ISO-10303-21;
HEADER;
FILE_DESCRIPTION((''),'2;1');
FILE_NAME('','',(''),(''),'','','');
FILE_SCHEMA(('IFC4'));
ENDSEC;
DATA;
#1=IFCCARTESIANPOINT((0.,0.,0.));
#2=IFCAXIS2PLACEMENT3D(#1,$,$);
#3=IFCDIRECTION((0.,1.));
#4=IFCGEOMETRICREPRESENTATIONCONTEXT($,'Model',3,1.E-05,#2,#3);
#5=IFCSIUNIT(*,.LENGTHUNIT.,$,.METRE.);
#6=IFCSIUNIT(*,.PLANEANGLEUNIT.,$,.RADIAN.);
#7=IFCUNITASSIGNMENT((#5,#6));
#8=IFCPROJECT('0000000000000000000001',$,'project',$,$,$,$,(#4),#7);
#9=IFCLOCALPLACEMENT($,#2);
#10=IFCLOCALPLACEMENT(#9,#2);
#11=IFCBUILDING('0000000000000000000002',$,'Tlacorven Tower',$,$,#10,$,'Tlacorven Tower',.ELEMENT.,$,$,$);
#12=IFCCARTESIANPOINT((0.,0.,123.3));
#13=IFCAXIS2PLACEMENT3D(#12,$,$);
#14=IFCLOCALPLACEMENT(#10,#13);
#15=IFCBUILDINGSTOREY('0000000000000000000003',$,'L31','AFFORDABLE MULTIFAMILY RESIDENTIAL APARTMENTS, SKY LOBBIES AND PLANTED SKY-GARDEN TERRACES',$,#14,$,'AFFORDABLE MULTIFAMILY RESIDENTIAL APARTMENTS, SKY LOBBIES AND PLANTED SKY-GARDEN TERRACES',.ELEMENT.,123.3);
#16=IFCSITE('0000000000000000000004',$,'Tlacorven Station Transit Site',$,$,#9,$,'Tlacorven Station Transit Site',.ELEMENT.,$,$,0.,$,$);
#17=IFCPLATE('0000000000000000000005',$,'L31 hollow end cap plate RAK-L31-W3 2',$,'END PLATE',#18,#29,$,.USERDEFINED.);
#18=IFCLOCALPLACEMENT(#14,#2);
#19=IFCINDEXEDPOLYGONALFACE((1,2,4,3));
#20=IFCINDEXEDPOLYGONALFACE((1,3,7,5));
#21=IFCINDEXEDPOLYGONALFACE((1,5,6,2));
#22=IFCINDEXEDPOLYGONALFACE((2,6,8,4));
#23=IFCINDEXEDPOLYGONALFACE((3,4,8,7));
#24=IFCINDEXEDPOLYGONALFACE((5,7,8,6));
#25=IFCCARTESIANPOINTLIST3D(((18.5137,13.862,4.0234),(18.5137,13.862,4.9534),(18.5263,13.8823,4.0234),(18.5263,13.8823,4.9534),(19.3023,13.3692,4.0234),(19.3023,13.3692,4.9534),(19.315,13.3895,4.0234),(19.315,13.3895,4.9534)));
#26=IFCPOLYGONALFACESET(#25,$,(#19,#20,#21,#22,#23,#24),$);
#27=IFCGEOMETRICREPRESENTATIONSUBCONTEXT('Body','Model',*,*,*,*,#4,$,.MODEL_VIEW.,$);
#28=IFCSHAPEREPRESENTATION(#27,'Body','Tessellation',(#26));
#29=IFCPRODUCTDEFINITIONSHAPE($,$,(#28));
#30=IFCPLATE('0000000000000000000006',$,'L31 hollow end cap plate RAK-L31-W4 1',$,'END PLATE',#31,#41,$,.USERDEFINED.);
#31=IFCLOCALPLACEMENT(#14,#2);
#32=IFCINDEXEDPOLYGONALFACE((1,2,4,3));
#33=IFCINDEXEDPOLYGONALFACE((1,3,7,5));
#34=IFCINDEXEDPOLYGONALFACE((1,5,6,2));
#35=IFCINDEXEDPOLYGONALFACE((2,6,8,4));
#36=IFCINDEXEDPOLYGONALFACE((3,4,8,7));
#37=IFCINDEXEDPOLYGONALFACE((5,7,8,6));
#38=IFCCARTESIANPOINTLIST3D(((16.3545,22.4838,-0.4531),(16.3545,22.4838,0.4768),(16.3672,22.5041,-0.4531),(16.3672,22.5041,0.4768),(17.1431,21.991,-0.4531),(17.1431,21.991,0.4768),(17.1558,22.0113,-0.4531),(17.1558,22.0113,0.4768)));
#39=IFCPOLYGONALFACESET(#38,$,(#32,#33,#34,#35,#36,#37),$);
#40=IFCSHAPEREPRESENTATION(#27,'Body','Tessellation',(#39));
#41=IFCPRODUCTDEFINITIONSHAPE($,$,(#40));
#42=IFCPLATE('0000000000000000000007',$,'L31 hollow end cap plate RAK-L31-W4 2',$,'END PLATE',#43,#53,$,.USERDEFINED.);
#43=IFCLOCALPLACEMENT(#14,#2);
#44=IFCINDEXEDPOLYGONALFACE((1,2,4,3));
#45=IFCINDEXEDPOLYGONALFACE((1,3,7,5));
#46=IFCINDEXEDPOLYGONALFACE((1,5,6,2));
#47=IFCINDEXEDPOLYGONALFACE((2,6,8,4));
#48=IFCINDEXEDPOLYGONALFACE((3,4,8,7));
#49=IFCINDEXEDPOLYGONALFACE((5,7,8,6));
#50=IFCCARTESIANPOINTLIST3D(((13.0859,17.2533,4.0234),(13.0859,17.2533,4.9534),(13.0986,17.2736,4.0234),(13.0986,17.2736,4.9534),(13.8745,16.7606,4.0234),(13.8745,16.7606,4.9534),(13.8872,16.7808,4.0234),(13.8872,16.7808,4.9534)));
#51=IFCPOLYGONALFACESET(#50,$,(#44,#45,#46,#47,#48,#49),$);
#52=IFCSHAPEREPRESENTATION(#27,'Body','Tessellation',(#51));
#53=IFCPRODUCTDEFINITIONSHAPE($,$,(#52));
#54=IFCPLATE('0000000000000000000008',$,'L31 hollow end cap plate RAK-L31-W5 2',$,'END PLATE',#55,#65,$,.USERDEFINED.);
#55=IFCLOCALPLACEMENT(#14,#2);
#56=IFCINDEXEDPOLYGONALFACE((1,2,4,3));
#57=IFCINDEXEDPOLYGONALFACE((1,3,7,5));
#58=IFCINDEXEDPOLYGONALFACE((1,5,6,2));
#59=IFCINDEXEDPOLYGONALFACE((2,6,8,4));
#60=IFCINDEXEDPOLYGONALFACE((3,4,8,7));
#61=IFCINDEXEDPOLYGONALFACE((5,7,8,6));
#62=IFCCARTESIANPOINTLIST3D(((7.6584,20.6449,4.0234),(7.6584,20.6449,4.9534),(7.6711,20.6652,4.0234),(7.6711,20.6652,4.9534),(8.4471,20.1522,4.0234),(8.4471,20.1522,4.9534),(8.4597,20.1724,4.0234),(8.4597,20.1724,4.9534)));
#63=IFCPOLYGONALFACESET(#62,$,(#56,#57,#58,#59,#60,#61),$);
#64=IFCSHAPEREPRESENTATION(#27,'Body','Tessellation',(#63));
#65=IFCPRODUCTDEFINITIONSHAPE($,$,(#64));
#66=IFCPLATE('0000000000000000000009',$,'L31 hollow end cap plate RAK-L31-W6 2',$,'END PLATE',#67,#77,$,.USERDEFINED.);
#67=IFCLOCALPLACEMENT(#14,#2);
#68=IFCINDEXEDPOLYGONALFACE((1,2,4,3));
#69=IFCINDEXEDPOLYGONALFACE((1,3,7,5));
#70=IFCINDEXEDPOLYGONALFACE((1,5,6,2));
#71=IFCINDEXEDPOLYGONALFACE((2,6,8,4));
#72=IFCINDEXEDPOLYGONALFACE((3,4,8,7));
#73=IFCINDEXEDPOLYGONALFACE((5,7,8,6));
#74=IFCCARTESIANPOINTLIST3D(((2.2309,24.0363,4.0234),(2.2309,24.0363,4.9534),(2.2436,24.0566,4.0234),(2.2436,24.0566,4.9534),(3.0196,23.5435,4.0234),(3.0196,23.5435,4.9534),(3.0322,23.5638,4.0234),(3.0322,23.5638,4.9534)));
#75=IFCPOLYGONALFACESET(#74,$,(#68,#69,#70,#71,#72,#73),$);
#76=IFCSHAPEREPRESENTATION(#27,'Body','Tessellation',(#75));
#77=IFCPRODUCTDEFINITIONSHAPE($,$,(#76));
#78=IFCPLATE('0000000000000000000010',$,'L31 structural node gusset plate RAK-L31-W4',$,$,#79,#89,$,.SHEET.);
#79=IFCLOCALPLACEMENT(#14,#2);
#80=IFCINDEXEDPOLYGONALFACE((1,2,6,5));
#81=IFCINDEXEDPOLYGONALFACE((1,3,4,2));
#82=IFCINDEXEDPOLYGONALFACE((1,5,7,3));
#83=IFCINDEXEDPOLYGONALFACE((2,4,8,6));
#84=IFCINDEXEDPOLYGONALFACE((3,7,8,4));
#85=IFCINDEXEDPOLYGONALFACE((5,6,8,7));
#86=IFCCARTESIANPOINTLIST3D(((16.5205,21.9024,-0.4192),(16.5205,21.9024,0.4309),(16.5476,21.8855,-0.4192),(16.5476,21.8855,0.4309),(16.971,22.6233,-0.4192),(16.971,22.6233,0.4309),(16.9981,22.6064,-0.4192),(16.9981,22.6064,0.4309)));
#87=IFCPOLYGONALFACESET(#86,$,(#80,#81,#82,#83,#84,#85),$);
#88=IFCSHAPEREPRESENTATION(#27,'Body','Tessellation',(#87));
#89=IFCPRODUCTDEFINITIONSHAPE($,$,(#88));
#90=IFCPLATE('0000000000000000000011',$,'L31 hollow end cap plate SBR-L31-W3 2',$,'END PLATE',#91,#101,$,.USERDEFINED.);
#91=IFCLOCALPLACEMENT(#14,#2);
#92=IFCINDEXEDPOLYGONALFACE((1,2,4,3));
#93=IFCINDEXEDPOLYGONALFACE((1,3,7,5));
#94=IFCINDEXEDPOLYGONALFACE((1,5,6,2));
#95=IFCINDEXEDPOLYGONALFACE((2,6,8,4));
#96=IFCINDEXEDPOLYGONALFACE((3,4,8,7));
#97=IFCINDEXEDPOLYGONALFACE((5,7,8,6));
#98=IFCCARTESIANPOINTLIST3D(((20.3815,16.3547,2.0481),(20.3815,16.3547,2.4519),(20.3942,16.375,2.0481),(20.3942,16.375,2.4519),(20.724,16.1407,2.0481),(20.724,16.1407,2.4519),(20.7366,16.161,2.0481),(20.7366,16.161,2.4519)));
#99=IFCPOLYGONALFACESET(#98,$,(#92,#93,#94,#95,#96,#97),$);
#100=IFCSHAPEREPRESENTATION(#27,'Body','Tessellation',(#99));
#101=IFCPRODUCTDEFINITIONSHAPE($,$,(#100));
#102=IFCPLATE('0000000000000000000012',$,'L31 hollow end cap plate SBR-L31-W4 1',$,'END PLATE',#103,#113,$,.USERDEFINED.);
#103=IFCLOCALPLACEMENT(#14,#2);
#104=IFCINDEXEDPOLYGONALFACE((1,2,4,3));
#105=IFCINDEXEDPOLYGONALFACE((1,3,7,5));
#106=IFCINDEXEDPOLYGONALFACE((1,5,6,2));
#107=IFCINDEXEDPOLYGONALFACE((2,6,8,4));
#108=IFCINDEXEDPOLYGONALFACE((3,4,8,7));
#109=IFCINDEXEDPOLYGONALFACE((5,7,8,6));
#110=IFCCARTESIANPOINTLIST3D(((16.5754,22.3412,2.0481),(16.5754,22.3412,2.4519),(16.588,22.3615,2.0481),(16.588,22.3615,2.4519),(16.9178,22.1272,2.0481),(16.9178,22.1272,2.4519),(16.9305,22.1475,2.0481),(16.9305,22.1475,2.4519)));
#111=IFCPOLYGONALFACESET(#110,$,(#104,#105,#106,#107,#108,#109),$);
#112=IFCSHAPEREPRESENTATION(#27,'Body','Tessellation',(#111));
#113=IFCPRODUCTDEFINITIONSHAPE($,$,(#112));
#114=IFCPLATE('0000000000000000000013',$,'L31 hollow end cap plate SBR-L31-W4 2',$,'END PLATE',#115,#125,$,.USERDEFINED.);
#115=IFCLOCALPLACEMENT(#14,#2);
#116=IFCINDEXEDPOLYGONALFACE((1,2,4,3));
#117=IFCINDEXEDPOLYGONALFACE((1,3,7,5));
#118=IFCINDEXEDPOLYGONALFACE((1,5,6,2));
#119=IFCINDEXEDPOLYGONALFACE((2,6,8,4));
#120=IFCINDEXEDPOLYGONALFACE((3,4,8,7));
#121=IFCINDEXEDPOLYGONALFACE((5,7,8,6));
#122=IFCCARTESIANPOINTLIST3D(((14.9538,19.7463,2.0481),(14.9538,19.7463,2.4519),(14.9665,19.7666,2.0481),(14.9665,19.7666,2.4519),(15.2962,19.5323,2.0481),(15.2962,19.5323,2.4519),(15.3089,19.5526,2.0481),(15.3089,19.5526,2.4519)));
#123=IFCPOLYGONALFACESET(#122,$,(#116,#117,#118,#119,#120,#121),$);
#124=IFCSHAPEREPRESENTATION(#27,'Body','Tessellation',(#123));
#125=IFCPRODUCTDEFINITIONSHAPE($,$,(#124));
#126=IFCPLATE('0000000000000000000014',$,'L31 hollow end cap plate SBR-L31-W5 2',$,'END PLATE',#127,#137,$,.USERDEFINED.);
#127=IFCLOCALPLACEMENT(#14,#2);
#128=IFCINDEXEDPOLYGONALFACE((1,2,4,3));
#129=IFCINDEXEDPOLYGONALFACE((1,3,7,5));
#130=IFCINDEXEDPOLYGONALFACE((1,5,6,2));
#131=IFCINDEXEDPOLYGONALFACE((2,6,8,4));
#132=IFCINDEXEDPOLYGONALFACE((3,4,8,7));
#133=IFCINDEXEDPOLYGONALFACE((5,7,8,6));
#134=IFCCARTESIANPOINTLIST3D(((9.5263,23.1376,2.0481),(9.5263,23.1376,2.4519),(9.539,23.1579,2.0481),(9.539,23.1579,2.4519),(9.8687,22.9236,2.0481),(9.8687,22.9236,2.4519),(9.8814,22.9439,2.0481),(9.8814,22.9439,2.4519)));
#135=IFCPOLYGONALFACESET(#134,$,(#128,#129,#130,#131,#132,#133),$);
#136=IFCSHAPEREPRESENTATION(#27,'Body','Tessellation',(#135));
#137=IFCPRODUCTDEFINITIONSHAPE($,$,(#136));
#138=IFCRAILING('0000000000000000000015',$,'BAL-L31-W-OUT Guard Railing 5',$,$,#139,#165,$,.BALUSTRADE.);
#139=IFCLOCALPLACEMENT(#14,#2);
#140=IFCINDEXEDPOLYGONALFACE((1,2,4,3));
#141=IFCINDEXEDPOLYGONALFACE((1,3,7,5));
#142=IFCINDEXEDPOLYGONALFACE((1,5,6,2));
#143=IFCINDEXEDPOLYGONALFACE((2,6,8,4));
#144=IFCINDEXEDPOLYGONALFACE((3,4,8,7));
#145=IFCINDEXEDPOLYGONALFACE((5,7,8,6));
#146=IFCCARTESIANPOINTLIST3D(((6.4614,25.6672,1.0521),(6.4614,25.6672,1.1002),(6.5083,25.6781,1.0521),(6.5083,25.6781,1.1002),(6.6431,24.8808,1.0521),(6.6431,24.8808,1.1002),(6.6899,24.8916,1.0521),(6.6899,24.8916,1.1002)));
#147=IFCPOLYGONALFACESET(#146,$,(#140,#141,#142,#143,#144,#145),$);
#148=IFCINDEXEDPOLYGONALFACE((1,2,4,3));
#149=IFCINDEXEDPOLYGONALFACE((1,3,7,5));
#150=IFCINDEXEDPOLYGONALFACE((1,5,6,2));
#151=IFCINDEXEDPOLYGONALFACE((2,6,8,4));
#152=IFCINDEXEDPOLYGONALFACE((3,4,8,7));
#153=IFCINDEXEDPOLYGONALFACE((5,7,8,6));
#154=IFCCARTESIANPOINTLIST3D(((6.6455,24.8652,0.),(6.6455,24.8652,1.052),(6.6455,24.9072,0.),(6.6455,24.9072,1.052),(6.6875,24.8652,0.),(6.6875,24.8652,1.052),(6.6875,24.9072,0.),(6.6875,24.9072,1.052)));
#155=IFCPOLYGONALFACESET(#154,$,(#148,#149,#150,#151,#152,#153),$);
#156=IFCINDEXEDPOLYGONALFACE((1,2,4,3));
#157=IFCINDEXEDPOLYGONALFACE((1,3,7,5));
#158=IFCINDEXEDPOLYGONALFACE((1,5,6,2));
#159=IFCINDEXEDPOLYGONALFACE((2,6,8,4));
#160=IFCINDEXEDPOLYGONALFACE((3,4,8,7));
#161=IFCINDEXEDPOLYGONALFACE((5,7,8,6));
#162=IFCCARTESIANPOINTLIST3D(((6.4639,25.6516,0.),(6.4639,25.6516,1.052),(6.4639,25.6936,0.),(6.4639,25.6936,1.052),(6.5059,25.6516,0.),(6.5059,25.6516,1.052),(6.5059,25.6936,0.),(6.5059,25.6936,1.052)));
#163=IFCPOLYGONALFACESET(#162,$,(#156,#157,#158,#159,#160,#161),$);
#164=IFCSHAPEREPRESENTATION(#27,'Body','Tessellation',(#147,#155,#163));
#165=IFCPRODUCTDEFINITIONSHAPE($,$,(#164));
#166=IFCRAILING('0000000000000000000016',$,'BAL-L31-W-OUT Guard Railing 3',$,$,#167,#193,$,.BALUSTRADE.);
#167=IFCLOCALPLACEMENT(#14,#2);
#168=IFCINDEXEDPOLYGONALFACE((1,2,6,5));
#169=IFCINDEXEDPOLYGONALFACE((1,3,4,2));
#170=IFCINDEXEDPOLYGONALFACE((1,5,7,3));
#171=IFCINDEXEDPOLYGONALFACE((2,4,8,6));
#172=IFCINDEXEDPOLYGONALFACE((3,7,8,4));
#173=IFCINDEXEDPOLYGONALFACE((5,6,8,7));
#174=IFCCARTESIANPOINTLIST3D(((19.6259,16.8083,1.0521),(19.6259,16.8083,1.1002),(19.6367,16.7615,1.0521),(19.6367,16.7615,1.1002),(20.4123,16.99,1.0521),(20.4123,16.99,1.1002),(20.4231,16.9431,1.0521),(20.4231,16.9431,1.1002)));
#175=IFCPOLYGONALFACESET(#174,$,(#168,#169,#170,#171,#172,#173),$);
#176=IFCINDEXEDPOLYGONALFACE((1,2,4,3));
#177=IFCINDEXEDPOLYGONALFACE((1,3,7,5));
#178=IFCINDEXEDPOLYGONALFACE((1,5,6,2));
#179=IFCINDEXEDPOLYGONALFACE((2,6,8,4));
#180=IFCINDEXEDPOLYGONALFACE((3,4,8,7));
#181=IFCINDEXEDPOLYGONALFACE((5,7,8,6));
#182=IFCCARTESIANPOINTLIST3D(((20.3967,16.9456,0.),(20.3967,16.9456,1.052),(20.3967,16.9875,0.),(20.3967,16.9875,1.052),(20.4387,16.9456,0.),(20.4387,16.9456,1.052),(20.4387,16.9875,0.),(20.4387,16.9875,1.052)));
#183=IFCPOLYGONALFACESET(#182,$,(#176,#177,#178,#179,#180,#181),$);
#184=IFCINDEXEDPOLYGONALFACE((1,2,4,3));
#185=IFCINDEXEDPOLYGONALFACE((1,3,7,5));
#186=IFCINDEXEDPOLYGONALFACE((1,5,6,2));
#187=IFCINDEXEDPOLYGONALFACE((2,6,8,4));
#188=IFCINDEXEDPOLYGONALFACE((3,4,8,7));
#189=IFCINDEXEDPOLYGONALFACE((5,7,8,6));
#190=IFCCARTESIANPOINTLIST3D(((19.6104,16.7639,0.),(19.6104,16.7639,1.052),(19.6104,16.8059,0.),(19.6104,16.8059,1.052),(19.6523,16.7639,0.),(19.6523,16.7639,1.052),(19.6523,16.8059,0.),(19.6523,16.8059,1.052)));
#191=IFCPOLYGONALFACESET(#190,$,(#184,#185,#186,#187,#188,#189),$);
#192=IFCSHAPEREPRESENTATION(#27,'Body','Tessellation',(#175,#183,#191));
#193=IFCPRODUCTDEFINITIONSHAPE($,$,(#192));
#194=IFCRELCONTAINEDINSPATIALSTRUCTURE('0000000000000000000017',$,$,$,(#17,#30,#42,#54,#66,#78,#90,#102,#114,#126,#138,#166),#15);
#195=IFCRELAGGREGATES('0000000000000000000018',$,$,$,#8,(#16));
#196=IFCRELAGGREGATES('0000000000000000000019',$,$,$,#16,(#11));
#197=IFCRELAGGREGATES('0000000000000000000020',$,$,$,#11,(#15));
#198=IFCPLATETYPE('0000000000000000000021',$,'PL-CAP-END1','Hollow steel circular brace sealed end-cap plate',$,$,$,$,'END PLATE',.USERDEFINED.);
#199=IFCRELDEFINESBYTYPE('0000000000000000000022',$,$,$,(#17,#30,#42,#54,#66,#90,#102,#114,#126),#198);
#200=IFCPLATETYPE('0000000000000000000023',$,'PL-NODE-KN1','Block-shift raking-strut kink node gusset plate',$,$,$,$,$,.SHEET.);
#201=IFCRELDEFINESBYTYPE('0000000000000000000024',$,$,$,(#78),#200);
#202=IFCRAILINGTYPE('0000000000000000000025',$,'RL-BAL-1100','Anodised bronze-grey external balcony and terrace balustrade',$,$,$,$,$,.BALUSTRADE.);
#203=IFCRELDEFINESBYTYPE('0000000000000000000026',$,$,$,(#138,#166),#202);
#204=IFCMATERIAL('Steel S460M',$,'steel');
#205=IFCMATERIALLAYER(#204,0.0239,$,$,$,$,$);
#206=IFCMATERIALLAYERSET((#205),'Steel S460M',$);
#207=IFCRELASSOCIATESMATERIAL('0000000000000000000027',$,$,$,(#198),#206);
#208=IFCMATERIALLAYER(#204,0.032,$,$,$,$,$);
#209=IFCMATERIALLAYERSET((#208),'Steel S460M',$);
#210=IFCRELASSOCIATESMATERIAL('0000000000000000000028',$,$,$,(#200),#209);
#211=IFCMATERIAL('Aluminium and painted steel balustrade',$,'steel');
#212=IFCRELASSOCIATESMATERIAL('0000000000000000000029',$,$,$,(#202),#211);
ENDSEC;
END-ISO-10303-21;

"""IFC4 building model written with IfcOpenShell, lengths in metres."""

from ifc_helpers import new_model, si_unit, direction, frame, origin, origin_2d, place, context, subcontext, project, spatial, rectangle, extrude, source, transform, mapped, material, layer, layer_set, type_object, element, save


model = new_model("IFC4")

# Units and contexts
model_context = context("Model", 3, precision=1e-05, world=origin(), true_north=direction((0.0, 1.0)))
body_context = subcontext(model_context, "Body", "Model", "MODEL_VIEW")
ifc_project = project(units=[si_unit("LENGTHUNIT", "METRE"), si_unit("PLANEANGLEUNIT", "RADIAN")], contexts=[model_context])

# Site, building, storey
site_placement = place(None, origin())
site = spatial("IfcSite", under=ifc_project, at=site_placement, Name="Tlacorven Station Transit Site", LongName="Tlacorven Station Transit Site", CompositionType="ELEMENT", RefElevation=0.0)
building_placement = place(site_placement, origin())
building = spatial("IfcBuilding", under=site, at=building_placement, Name="Tlacorven Tower", LongName="Tlacorven Tower", CompositionType="ELEMENT")
storey_placement = place(building_placement, frame((0.0, 0.0, 123.3)))
storey = spatial("IfcBuildingStorey", under=building, at=storey_placement, Name="L31", Description="AFFORDABLE MULTIFAMILY RESIDENTIAL APARTMENTS, SKY LOBBIES AND PLANTED SKY-GARDEN TERRACES", LongName="AFFORDABLE MULTIFAMILY RESIDENTIAL APARTMENTS, SKY LOBBIES AND PLANTED SKY-GARDEN TERRACES", CompositionType="ELEMENT", Elevation=123.3)

# Shared definitions
ifc_material_1 = material(Name="Steel S460M", Category="steel")

# Plates
ifc_layer_1 = layer(ifc_material_1, 0.0239)
ifc_layer_set_1 = layer_set([ifc_layer_1], Name="Steel S460M")
plate_type_1 = type_object("IfcPlateType", Name="PL-CAP-END1", Description="Hollow steel circular brace sealed end-cap plate", ElementType="END PLATE", PredefinedType="USERDEFINED", material=ifc_layer_set_1)
shared_shape_1 = source(origin(), body_context, "Body", "SweptSolid", [
    extrude(rectangle(XDim=0.0239, YDim=0.9299, at=origin_2d()), origin(), (0.0, 0.0, 1.0), 0.9299),
])
for number, where, z_axis, x_axis, name in (
    (1, (18.9143, 13.6257, 4.0234), (0.0, 0.0, 1.0), (-0.529919, -0.848048, 0.0), "L31 hollow end cap plate RAK-L31-W3 2"),
    (2, (16.7551, 22.2476, -0.4531), (0.0, 0.0, 1.0), (-0.529919, -0.848048, 0.0), "L31 hollow end cap plate RAK-L31-W4 1"),
    (3, (13.4866, 17.0171, 4.0234), (0.0, 0.0, 1.0), (-0.529919, -0.848048, 0.0), "L31 hollow end cap plate RAK-L31-W4 2"),
    (4, (8.0591, 20.4087, 4.0234), (0.0, 0.0, 1.0), (-0.529919, -0.848048, 0.0), "L31 hollow end cap plate RAK-L31-W5 2"),
    (5, (2.6316, 23.8, 4.0234), (0.0, 0.0, 1.0), (-0.529919, -0.848048, 0.0), "L31 hollow end cap plate RAK-L31-W6 2"),
):
    element("IfcPlate", number, at=place(storey_placement, frame(where, z_axis=z_axis, x_axis=x_axis)), inside=storey, type_object=plate_type_1, Name=name, ObjectType="END PLATE", PredefinedType="USERDEFINED", context=body_context, shape_type="MappedRepresentation", body=[
        mapped(shared_shape_1, transform((0.0, 0.0, 0.0), scale=1.0)),
    ])
ifc_layer_2 = layer(ifc_material_1, 0.032)
ifc_layer_set_2 = layer_set([ifc_layer_2], Name="Steel S460M")
plate_type_2 = type_object("IfcPlateType", Name="PL-NODE-KN1", Description="Block-shift raking-strut kink node gusset plate", PredefinedType="SHEET", material=ifc_layer_set_2)
shared_shape_2 = source(origin(), body_context, "Body", "SweptSolid", [
    extrude(rectangle(XDim=0.8501, YDim=0.032, at=origin_2d()), origin(), (0.0, 0.0, 1.0), 0.8501),
])
plate_placement = place(storey_placement, frame((16.7593, 22.2544, -0.4192), z_axis=(0.0, 0.0, 1.0), x_axis=(-0.529919, -0.848048, 0.0)))
element("IfcPlate", 6, at=plate_placement, inside=storey, type_object=plate_type_2, Name="L31 structural node gusset plate RAK-L31-W4", PredefinedType="SHEET", context=body_context, shape_type="MappedRepresentation", body=[
    mapped(shared_shape_2, transform((0.0, 0.0, 0.0), scale=1.0)),
])
shared_shape_3 = source(origin(), body_context, "Body", "SweptSolid", [
    extrude(rectangle(XDim=0.0239, YDim=0.4038, at=origin_2d()), origin(), (0.0, 0.0, 1.0), 0.4038),
])
for number, where, z_axis, x_axis, name in (
    (7, (20.5591, 16.2578, 2.0481), (0.0, 0.0, 1.0), (-0.52992, -0.848048, 0.0), "L31 hollow end cap plate SBR-L31-W3 2"),
    (8, (16.7529, 22.2444, 2.0481), (0.0, 0.0, 1.0), (-0.52992, -0.848048, 0.0), "L31 hollow end cap plate SBR-L31-W4 1"),
    (9, (15.1313, 19.6494, 2.0481), (0.0, 0.0, 1.0), (-0.52992, -0.848048, 0.0), "L31 hollow end cap plate SBR-L31-W4 2"),
    (10, (9.7039, 23.0408, 2.0481), (0.0, 0.0, 1.0), (-0.52992, -0.848048, 0.0), "L31 hollow end cap plate SBR-L31-W5 2"),
):
    element("IfcPlate", number, at=place(storey_placement, frame(where, z_axis=z_axis, x_axis=x_axis)), inside=storey, type_object=plate_type_1, Name=name, ObjectType="END PLATE", PredefinedType="USERDEFINED", context=body_context, shape_type="MappedRepresentation", body=[
        mapped(shared_shape_3, transform((0.0, 0.0, 0.0), scale=1.0)),
    ])

# Railings
ifc_material_2 = material(Name="Aluminium and painted steel balustrade", Category="steel")
railing_type = type_object("IfcRailingType", Name="RL-BAL-1100", Description="Anodised bronze-grey external balcony and terrace balustrade", PredefinedType="BALUSTRADE", material=ifc_material_2)
shared_shape_4 = source(origin(), body_context, "Body", "SweptSolid", [
    extrude(rectangle(XDim=0.0481, YDim=0.0481, at=origin_2d()), frame((0.0, 0.0, 1.0762), z_axis=(-0.225058, 0.974345, 0.0), x_axis=(-0.974345, -0.225058, 0.0)), (0.0, 0.0, 1.0), 0.8071),
    extrude(rectangle(XDim=0.042, YDim=0.042, at=origin_2d()), origin(), (0.0, 0.0, 1.0), 1.052),
    extrude(rectangle(XDim=0.042, YDim=0.042, at=origin_2d()), frame((-0.1816, 0.7864, 0.0)), (0.0, 0.0, 1.0), 1.052),
])
railing_1_placement = place(storey_placement, frame((6.6665, 24.8862, 0.0)))
element("IfcRailing", 11, at=railing_1_placement, inside=storey, type_object=railing_type, Name="BAL-L31-W-OUT Guard Railing 5", PredefinedType="BALUSTRADE", context=body_context, shape_type="MappedRepresentation", body=[
    mapped(shared_shape_4, transform((0.0, 0.0, 0.0), scale=1.0)),
])
shared_shape_5 = source(origin(), body_context, "Body", "SweptSolid", [
    extrude(rectangle(XDim=0.0481, YDim=0.0481, at=origin_2d()), frame((0.0, 0.0, 1.0762), z_axis=(-0.974345, -0.225058, 0.0), x_axis=(0.225058, -0.974345, 0.0)), (0.0, 0.0, 1.0), 0.8071),
    extrude(rectangle(XDim=0.042, YDim=0.042, at=origin_2d()), origin(), (0.0, 0.0, 1.0), 1.052),
    extrude(rectangle(XDim=0.042, YDim=0.042, at=origin_2d()), frame((-0.7864, -0.1816, 0.0)), (0.0, 0.0, 1.0), 1.052),
])
railing_2_placement = place(storey_placement, frame((20.4177, 16.9666, 0.0)))
element("IfcRailing", 12, at=railing_2_placement, inside=storey, type_object=railing_type, Name="BAL-L31-W-OUT Guard Railing 3", PredefinedType="BALUSTRADE", context=body_context, shape_type="MappedRepresentation", body=[
    mapped(shared_shape_5, transform((0.0, 0.0, 0.0), scale=1.0)),
])

save(model, "model.ifc")
